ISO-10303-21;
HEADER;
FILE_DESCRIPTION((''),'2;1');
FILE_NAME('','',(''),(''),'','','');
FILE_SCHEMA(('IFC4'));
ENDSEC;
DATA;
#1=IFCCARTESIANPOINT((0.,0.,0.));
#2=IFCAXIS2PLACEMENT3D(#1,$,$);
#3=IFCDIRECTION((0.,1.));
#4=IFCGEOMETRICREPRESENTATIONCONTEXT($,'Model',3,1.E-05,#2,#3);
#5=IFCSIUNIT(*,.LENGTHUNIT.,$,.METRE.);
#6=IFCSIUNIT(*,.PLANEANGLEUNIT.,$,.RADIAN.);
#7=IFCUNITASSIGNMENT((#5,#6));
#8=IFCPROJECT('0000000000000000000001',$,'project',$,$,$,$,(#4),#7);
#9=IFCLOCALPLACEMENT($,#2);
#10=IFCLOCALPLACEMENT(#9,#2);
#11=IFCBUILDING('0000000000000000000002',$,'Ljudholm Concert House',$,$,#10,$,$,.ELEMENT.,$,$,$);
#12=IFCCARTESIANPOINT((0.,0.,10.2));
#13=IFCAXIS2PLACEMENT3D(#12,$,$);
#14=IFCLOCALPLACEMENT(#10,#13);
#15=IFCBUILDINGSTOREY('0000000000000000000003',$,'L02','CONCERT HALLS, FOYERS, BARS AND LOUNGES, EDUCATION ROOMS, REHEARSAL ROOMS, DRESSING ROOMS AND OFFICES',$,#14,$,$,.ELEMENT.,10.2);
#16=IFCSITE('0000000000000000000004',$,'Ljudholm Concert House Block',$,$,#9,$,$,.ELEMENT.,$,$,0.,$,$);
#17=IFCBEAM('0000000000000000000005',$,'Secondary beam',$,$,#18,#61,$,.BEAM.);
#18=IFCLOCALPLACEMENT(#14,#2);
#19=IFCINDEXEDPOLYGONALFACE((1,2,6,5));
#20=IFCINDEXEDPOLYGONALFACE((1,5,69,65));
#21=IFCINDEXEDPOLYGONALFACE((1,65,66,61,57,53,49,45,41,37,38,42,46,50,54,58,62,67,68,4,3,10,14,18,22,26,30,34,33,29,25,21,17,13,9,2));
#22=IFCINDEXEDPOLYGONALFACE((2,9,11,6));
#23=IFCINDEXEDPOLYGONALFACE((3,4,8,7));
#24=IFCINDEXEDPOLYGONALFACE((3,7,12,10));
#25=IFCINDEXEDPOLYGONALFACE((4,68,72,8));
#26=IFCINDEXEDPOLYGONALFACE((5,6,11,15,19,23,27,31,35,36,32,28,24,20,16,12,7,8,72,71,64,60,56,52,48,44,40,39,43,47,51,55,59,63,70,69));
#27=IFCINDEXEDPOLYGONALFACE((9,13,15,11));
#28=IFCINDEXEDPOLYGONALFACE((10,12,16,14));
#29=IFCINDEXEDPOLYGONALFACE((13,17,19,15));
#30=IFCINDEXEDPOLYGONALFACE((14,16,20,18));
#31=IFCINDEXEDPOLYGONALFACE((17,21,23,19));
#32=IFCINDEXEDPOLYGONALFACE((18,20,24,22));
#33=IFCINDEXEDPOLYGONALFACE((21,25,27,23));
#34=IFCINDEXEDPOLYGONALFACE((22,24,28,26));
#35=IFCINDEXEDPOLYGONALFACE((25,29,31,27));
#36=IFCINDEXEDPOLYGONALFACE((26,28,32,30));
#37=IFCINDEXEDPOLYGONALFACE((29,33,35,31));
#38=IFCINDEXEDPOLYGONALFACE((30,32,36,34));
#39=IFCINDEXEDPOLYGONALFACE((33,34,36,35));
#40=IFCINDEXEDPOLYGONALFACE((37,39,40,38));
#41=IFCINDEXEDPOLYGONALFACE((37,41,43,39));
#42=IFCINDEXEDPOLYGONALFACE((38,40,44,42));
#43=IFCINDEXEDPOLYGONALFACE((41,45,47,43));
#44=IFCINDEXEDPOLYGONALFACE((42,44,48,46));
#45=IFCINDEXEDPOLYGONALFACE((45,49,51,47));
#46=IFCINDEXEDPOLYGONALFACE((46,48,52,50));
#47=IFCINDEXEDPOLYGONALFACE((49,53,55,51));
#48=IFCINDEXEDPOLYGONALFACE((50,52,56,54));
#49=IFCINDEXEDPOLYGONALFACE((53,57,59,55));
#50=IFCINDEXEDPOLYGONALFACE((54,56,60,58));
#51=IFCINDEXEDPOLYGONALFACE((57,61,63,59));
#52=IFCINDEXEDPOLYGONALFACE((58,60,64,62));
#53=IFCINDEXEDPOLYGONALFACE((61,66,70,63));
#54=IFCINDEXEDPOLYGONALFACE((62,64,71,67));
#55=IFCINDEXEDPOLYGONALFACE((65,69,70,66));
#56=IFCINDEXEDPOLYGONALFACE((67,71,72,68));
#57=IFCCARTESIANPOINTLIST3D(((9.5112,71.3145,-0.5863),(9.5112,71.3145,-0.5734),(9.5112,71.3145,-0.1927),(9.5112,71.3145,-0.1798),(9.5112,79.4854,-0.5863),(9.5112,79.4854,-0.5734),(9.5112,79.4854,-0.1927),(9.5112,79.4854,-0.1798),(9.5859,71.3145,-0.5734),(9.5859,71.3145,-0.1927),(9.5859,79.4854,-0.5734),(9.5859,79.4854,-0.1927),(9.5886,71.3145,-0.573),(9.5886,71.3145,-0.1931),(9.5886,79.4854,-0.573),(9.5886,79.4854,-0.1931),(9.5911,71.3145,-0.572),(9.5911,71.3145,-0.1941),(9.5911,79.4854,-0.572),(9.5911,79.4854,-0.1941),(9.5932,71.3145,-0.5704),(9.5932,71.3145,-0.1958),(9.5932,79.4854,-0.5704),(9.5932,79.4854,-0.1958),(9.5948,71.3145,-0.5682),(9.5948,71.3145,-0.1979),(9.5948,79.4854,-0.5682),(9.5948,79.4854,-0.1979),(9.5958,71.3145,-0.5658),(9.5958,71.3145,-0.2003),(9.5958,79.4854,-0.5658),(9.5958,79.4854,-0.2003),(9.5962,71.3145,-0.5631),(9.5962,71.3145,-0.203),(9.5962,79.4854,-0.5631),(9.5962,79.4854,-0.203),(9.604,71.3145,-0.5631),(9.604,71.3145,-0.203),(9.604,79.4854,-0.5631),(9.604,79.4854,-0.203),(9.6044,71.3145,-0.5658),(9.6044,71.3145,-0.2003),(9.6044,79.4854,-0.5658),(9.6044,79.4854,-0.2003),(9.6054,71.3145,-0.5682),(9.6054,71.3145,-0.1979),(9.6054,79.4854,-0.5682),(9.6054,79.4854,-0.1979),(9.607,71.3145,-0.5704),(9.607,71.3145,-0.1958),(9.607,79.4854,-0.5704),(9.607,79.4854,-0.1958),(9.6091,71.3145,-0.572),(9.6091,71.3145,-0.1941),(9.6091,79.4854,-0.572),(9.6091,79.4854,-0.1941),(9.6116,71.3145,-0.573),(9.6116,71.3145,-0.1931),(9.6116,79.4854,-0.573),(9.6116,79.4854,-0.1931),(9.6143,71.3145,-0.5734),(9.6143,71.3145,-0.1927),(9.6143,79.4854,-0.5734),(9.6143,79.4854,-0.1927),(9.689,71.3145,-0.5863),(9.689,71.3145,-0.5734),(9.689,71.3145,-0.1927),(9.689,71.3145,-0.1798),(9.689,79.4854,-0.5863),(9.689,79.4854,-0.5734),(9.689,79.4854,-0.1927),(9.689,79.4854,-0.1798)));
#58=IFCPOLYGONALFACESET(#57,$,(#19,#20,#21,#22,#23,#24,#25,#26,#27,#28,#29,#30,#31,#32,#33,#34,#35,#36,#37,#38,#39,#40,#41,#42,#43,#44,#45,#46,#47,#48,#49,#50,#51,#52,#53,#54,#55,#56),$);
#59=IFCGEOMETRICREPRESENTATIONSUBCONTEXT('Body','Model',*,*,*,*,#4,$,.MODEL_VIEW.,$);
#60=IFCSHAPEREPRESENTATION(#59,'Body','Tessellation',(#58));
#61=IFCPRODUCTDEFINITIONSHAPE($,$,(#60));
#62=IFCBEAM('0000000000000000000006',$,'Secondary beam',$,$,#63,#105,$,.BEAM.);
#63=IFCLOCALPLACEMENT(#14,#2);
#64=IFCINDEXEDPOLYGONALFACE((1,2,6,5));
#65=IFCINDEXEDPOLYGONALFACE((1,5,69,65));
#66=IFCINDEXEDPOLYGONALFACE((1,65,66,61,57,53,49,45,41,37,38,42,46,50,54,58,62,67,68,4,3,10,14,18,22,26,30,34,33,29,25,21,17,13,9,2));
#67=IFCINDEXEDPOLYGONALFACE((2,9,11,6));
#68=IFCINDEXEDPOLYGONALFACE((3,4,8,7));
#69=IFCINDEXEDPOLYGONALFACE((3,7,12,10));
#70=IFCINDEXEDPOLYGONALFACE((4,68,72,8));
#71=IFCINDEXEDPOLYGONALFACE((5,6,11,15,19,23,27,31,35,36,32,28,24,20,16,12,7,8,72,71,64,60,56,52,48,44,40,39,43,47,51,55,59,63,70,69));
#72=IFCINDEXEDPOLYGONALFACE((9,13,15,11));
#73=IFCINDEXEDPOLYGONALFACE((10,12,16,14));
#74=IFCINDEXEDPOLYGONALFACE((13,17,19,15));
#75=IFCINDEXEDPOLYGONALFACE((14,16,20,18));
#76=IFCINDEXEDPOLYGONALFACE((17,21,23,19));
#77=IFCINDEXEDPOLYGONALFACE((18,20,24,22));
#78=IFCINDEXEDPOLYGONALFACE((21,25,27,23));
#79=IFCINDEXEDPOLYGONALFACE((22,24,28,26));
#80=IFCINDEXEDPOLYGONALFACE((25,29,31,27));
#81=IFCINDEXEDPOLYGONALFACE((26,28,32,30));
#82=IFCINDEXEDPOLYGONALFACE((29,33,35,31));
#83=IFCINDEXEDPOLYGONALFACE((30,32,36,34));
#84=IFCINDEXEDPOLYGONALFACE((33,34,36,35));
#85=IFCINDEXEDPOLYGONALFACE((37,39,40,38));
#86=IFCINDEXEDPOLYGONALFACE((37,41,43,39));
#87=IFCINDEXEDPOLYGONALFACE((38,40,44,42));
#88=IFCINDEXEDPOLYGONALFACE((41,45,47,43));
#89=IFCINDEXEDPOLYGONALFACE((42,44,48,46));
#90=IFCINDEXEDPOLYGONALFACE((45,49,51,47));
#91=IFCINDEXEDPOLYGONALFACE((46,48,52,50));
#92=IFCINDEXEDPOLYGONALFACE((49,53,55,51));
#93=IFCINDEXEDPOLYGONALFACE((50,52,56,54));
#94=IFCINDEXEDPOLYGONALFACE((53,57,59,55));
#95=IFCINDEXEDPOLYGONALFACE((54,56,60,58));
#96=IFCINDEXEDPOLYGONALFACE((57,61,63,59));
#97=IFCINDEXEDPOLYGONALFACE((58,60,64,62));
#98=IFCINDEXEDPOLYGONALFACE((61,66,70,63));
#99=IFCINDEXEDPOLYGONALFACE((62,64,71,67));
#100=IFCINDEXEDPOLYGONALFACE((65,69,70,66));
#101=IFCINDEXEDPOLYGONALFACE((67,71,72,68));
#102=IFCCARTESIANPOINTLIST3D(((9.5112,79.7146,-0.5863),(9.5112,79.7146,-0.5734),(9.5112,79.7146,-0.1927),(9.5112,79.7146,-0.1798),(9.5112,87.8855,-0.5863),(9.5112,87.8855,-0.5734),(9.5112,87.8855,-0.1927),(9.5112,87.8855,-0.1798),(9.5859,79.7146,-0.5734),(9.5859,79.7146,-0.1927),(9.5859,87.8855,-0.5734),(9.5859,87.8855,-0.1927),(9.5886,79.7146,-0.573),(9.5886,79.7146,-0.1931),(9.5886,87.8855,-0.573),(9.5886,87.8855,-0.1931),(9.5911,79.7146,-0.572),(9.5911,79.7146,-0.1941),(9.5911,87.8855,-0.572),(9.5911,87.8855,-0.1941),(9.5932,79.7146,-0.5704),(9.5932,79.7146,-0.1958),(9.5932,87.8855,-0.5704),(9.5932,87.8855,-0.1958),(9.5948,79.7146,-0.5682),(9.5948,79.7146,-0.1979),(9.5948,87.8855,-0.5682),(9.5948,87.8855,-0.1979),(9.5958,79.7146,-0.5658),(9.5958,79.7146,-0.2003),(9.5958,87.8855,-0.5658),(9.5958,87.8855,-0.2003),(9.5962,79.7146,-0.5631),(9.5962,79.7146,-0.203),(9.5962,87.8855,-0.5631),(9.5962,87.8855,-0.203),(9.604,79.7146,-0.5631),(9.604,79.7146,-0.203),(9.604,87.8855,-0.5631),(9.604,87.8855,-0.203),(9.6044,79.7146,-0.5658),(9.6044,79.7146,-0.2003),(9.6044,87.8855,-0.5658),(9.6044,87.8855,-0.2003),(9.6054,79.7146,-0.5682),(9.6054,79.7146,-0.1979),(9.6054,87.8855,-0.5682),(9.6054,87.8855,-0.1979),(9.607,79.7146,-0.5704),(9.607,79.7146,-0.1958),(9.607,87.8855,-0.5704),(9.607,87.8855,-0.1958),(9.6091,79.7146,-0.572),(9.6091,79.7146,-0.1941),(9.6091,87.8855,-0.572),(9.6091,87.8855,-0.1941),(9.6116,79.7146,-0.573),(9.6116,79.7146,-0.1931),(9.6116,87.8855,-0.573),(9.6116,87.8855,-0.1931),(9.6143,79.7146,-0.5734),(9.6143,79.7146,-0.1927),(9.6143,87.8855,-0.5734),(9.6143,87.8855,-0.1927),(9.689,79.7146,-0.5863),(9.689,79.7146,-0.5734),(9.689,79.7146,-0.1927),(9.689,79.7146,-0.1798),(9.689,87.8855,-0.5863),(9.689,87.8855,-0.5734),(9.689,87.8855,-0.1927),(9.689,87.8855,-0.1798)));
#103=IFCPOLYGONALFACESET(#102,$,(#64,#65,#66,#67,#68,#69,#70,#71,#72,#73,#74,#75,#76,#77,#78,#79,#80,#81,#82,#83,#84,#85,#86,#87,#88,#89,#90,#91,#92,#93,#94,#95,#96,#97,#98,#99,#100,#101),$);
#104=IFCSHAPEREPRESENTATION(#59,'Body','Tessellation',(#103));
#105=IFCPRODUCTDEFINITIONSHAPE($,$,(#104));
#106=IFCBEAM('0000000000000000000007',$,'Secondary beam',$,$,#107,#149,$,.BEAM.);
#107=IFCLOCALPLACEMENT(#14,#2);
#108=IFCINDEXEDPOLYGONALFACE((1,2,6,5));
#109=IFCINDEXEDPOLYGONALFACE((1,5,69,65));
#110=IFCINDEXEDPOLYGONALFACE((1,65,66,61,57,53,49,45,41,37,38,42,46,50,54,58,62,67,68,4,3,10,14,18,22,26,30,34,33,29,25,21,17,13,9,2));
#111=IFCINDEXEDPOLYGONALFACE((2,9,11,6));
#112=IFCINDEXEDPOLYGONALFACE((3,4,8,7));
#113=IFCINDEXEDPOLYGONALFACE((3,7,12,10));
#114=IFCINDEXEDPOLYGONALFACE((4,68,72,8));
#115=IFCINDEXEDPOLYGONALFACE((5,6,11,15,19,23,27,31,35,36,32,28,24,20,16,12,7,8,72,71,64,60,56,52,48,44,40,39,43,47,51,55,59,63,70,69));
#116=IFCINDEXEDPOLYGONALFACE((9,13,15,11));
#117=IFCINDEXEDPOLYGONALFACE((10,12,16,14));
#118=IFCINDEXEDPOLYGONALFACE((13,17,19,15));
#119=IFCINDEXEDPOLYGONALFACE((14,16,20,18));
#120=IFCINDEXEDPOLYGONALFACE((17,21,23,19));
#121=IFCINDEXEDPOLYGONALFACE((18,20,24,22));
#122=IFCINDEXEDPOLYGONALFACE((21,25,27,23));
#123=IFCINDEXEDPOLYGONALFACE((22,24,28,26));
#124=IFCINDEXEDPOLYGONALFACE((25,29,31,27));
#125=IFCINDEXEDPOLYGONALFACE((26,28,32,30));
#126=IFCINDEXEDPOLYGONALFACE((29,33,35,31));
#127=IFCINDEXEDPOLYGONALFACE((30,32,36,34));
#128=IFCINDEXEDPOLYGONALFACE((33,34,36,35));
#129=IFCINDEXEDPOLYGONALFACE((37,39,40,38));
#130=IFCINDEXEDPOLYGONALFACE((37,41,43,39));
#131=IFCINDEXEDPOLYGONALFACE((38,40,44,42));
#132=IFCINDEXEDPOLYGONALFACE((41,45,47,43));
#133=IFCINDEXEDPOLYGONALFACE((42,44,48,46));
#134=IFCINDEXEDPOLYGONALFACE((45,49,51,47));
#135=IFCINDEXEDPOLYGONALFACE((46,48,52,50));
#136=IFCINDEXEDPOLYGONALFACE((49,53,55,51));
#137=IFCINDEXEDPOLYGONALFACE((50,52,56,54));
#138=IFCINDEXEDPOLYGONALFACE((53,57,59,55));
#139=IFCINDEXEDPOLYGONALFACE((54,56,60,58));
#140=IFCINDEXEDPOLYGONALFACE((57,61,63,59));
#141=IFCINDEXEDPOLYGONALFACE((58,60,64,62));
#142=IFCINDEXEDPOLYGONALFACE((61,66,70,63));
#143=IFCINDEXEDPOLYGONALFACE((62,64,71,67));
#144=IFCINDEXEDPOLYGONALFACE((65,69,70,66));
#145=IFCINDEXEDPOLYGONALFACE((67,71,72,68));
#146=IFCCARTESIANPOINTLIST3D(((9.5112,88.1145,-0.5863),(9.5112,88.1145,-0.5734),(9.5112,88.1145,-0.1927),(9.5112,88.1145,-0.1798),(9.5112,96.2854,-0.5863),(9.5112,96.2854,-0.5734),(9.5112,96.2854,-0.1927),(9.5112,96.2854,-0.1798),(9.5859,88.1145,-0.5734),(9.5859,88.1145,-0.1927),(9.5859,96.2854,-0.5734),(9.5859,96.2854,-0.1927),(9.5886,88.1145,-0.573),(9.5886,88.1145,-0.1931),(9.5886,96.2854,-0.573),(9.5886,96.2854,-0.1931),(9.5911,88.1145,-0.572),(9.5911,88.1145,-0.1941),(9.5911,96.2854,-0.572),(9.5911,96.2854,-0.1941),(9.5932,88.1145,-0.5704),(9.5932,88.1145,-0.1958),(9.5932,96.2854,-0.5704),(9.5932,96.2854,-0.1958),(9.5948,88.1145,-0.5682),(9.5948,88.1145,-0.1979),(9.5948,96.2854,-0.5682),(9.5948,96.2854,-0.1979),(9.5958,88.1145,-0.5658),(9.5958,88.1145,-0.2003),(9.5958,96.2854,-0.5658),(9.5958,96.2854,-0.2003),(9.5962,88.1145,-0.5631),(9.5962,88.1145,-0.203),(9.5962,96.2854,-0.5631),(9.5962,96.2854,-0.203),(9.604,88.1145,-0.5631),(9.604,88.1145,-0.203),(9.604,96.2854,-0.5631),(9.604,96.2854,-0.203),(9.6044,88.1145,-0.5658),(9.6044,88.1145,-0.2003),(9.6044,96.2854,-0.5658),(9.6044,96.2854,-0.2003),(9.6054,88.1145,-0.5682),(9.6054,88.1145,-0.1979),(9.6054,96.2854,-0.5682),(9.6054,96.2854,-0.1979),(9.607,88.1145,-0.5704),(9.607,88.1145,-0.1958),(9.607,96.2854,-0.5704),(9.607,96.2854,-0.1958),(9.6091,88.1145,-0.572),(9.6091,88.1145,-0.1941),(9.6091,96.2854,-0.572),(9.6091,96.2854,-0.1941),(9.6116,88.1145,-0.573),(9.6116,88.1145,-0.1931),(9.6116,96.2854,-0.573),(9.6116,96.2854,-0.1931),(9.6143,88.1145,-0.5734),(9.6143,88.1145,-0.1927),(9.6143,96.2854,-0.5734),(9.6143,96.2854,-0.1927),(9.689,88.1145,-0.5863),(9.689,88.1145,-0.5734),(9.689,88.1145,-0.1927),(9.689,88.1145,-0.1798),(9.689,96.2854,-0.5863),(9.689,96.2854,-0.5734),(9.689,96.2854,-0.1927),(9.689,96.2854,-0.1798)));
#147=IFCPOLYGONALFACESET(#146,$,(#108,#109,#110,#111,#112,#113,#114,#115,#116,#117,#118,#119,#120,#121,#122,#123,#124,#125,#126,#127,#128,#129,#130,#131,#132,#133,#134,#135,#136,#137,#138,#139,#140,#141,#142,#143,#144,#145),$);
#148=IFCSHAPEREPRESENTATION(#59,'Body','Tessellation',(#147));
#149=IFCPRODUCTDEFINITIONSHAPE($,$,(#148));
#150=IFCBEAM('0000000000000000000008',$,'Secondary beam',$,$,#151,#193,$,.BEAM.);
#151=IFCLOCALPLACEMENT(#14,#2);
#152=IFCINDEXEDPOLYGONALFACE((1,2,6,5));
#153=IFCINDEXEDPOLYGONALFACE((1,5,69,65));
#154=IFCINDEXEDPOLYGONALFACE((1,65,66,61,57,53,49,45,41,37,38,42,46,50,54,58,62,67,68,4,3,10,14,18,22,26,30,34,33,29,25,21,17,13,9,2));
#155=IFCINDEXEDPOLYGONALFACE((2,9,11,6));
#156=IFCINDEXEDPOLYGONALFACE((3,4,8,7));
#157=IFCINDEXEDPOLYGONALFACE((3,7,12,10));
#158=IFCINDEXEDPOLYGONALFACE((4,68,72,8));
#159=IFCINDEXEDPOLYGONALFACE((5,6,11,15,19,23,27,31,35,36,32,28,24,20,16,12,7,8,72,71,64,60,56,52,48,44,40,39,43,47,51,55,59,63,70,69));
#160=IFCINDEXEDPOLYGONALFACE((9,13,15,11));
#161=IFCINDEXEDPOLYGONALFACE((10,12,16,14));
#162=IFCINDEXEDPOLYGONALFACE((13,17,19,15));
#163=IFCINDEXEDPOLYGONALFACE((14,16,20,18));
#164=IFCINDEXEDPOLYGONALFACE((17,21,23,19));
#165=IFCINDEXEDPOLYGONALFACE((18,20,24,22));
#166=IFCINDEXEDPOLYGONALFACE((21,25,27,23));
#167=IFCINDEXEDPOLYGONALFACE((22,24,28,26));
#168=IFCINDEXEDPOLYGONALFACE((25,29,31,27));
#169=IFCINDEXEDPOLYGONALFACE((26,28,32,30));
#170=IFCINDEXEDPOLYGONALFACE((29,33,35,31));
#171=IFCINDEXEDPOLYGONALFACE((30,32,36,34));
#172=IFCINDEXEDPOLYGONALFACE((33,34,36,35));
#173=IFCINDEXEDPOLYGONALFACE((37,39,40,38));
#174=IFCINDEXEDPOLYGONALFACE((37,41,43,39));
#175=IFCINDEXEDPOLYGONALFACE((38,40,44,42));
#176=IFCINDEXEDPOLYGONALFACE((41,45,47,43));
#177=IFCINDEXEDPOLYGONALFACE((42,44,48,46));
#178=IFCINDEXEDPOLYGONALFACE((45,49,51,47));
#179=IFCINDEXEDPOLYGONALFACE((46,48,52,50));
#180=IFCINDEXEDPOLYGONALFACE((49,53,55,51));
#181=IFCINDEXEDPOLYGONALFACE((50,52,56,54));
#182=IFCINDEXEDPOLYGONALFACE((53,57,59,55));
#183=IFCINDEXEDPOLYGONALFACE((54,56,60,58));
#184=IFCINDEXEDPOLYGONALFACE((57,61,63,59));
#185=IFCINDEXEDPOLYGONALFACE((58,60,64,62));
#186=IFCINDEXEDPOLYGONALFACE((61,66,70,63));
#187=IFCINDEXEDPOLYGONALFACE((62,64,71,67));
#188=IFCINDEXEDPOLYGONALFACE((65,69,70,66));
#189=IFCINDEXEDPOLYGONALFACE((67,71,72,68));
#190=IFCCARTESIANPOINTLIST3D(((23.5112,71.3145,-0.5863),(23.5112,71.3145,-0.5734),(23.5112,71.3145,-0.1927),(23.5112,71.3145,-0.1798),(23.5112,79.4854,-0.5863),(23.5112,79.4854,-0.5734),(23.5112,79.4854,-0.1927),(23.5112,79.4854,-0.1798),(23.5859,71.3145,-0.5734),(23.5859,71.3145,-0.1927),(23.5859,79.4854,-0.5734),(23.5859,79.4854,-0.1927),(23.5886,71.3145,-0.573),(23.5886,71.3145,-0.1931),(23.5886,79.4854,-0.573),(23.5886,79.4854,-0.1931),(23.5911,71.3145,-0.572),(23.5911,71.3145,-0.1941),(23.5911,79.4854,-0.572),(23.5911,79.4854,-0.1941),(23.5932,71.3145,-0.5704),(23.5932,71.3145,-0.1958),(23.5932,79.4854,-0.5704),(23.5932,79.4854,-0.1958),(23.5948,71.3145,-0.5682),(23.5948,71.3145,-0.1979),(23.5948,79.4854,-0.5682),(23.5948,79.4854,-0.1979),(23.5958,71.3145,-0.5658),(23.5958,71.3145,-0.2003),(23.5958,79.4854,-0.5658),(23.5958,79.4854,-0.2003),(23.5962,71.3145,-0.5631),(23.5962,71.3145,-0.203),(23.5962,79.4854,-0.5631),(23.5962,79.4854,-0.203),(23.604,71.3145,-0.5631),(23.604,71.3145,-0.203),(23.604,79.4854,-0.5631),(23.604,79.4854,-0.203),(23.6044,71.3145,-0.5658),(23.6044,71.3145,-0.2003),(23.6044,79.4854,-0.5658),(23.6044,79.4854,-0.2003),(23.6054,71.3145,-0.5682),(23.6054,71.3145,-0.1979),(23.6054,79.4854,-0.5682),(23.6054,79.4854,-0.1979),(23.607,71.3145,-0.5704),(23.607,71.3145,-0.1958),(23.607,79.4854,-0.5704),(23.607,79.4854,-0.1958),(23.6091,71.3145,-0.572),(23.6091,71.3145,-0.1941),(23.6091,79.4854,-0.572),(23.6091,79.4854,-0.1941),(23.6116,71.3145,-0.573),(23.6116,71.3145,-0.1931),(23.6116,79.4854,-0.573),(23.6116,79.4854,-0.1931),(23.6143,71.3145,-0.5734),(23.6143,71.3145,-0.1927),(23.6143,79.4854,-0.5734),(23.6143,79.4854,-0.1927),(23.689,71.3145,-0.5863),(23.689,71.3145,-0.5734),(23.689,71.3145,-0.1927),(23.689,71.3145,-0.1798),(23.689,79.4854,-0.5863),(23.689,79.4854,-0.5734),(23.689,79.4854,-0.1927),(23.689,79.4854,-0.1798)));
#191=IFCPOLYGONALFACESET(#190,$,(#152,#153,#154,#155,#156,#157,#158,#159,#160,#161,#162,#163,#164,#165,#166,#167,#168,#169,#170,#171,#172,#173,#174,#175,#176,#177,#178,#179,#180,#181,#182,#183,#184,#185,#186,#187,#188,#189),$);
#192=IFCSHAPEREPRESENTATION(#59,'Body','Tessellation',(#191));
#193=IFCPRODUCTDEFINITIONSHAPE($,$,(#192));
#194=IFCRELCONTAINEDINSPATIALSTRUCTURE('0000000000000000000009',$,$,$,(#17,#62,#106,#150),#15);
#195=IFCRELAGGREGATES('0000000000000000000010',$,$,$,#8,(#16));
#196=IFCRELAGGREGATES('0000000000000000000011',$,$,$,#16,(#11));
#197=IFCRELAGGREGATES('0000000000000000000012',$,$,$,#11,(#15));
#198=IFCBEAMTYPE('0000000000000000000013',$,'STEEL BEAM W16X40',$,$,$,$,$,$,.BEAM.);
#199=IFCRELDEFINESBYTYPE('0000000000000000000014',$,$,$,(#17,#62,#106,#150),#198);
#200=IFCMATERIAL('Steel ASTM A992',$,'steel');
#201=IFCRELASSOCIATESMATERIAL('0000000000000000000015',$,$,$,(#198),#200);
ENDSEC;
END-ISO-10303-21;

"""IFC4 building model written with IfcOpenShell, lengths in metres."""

from ifc_helpers import new_model, si_unit, direction, frame, origin, origin_2d, place, context, subcontext, project, spatial, i_section, extrude, material, material_profile, profile_set, type_object, element, save


model = new_model("IFC4")

# Units and contexts
model_context = context("Model", 3, precision=1e-05, world=origin(), true_north=direction((0.0, 1.0)))
body_context = subcontext(model_context, "Body", "Model", "MODEL_VIEW")
ifc_project = project(units=[si_unit("LENGTHUNIT", "METRE"), si_unit("PLANEANGLEUNIT", "RADIAN")], contexts=[model_context])

# Site, building, storey
site_placement = place(None, origin())
site = spatial("IfcSite", under=ifc_project, at=site_placement, Name="Ljudholm Concert House Block", CompositionType="ELEMENT", RefElevation=0.0)
building_placement = place(site_placement, origin())
building = spatial("IfcBuilding", under=site, at=building_placement, Name="Ljudholm Concert House", CompositionType="ELEMENT")
storey_placement = place(building_placement, frame((0.0, 0.0, 10.2)))
storey = spatial("IfcBuildingStorey", under=building, at=storey_placement, Name="L02", Description="CONCERT HALLS, FOYERS, BARS AND LOUNGES, EDUCATION ROOMS, REHEARSAL ROOMS, DRESSING ROOMS AND OFFICES", CompositionType="ELEMENT", Elevation=10.2)

# Beams
ifc_material_1 = material(Name="Steel ASTM A992", Category="steel")
ifc_material_profile_1 = material_profile(ifc_material_1, i_section(OverallWidth=0.1777, OverallDepth=0.4065, WebThickness=0.0078, FlangeThickness=0.0129, FilletRadius=0.0103, at=origin_2d()), Name="W16X40")
ifc_profile_set_1 = profile_set([ifc_material_profile_1], Name="Steel ASTM A992")
beam_type_1 = type_object("IfcBeamType", Name="STEEL BEAM W16X40", PredefinedType="BEAM", material=ifc_profile_set_1)
for number, where, z_axis, x_axis, name in (
    (1, (9.6001, 71.3145, -0.3831), (0.0, 1.0, 0.0), (-1.0, 0.0, 0.0), "Secondary beam"),
    (2, (9.6001, 79.7146, -0.3831), (0.0, 1.0, 0.0), (-1.0, 0.0, 0.0), "Secondary beam"),
    (3, (9.6001, 88.1145, -0.3831), (0.0, 1.0, 0.0), (-1.0, 0.0, 0.0), "Secondary beam"),
    (4, (23.6001, 71.3145, -0.3831), (0.0, 1.0, 0.0), (-1.0, 0.0, 0.0), "Secondary beam"),
):
    element("IfcBeam", number, at=place(storey_placement, frame(where, z_axis=z_axis, x_axis=x_axis)), inside=storey, type_object=beam_type_1, Name=name, PredefinedType="BEAM", context=body_context, shape_type="SweptSolid", body=[
        extrude(i_section(OverallWidth=0.1777, OverallDepth=0.4065, WebThickness=0.0078, FlangeThickness=0.0129, FilletRadius=0.0103, at=origin_2d()), origin(), (0.0, 0.0, 1.0), 8.1709),
    ])

save(model, "model.ifc")
